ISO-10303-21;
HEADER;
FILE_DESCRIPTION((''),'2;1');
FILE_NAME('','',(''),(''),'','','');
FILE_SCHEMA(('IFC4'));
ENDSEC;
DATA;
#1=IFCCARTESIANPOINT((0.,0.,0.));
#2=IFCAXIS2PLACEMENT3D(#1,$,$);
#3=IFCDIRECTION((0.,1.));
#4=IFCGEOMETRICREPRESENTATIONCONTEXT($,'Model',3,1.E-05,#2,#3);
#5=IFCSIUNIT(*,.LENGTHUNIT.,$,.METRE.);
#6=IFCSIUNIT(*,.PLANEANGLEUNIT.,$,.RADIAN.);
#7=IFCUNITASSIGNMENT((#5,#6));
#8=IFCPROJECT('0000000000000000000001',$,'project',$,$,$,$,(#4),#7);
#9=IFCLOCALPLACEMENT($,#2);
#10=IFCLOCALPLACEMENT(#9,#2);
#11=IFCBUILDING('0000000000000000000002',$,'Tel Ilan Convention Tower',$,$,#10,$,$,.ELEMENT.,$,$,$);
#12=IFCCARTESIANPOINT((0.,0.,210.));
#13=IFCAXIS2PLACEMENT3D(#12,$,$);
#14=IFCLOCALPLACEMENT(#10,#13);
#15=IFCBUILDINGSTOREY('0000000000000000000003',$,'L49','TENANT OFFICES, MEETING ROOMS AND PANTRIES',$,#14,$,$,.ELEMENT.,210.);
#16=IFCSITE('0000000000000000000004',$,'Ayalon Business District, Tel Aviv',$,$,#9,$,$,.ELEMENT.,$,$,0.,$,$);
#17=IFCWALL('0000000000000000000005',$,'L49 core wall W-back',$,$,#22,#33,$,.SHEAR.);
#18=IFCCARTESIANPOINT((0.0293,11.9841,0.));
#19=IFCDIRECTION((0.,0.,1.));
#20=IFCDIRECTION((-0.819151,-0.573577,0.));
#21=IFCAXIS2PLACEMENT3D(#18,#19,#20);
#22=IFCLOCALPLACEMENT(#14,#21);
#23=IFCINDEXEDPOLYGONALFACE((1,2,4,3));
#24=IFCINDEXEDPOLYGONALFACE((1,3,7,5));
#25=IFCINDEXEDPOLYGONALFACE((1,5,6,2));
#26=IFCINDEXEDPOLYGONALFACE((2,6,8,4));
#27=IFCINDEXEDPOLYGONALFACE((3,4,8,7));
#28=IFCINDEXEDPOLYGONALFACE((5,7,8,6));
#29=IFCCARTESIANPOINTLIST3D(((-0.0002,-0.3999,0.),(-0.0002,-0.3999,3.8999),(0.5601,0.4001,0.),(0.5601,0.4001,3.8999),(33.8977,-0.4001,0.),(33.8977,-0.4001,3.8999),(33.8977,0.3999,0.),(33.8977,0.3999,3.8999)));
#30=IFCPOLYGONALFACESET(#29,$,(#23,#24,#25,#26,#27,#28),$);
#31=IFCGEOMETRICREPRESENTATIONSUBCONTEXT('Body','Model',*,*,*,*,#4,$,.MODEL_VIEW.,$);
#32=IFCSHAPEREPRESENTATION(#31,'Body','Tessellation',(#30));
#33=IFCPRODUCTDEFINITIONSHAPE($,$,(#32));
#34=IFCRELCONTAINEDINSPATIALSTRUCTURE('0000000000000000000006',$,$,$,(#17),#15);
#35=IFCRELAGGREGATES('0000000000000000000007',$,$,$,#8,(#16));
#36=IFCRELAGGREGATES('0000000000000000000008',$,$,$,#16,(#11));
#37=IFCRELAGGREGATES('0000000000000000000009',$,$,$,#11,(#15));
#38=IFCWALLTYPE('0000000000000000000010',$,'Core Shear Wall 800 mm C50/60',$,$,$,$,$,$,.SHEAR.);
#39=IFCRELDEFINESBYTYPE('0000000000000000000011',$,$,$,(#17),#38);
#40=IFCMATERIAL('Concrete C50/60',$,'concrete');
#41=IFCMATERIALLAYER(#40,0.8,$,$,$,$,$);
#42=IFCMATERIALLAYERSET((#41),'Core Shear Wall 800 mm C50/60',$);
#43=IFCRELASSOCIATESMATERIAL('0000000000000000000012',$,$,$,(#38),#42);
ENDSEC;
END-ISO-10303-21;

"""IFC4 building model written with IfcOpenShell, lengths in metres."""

from ifc_helpers import new_model, si_unit, direction, frame, origin, place, context, subcontext, project, spatial, polyline, outline, extrude, material, layer, layer_set, type_object, element, save


model = new_model("IFC4")

# Units and contexts
model_context = context("Model", 3, precision=1e-05, world=origin(), true_north=direction((0.0, 1.0)))
body_context = subcontext(model_context, "Body", "Model", "MODEL_VIEW")
ifc_project = project(units=[si_unit("LENGTHUNIT", "METRE"), si_unit("PLANEANGLEUNIT", "RADIAN")], contexts=[model_context])

# Site, building, storey
site_placement = place(None, origin())
site = spatial("IfcSite", under=ifc_project, at=site_placement, Name="Ayalon Business District, Tel Aviv", CompositionType="ELEMENT", RefElevation=0.0)
building_placement = place(site_placement, origin())
building = spatial("IfcBuilding", under=site, at=building_placement, Name="Tel Ilan Convention Tower", CompositionType="ELEMENT")
storey_placement = place(building_placement, frame((0.0, 0.0, 210.0)))
storey = spatial("IfcBuildingStorey", under=building, at=storey_placement, Name="L49", Description="TENANT OFFICES, MEETING ROOMS AND PANTRIES", CompositionType="ELEMENT", Elevation=210.0)

# Wall
ifc_material_1 = material(Name="Concrete C50/60", Category="concrete")
ifc_layer_1 = layer(ifc_material_1, 0.8)
ifc_layer_set_1 = layer_set([ifc_layer_1], Name="Core Shear Wall 800 mm C50/60")
wall_type_1 = type_object("IfcWallType", Name="Core Shear Wall 800 mm C50/60", PredefinedType="SHEAR", material=ifc_layer_set_1)
wall_1_placement = place(storey_placement, frame((0.0293, 11.9841, 0.0), z_axis=(0.0, 0.0, 1.0), x_axis=(-0.819151, -0.573577, 0.0)))
element("IfcWall", 1, at=wall_1_placement, inside=storey, type_object=wall_type_1, Name="L49 core wall W-back", PredefinedType="SHEAR", context=body_context, shape_type="SweptSolid", body=[
    extrude(outline(polyline([(33.8977, 0.3999), (0.5601, 0.4001), (-0.0002, -0.3999), (33.8977, -0.4001), (33.8977, 0.3999)])), origin(), (0.0, 0.0, 1.0), 3.8999),
])

save(model, "model.ifc")
